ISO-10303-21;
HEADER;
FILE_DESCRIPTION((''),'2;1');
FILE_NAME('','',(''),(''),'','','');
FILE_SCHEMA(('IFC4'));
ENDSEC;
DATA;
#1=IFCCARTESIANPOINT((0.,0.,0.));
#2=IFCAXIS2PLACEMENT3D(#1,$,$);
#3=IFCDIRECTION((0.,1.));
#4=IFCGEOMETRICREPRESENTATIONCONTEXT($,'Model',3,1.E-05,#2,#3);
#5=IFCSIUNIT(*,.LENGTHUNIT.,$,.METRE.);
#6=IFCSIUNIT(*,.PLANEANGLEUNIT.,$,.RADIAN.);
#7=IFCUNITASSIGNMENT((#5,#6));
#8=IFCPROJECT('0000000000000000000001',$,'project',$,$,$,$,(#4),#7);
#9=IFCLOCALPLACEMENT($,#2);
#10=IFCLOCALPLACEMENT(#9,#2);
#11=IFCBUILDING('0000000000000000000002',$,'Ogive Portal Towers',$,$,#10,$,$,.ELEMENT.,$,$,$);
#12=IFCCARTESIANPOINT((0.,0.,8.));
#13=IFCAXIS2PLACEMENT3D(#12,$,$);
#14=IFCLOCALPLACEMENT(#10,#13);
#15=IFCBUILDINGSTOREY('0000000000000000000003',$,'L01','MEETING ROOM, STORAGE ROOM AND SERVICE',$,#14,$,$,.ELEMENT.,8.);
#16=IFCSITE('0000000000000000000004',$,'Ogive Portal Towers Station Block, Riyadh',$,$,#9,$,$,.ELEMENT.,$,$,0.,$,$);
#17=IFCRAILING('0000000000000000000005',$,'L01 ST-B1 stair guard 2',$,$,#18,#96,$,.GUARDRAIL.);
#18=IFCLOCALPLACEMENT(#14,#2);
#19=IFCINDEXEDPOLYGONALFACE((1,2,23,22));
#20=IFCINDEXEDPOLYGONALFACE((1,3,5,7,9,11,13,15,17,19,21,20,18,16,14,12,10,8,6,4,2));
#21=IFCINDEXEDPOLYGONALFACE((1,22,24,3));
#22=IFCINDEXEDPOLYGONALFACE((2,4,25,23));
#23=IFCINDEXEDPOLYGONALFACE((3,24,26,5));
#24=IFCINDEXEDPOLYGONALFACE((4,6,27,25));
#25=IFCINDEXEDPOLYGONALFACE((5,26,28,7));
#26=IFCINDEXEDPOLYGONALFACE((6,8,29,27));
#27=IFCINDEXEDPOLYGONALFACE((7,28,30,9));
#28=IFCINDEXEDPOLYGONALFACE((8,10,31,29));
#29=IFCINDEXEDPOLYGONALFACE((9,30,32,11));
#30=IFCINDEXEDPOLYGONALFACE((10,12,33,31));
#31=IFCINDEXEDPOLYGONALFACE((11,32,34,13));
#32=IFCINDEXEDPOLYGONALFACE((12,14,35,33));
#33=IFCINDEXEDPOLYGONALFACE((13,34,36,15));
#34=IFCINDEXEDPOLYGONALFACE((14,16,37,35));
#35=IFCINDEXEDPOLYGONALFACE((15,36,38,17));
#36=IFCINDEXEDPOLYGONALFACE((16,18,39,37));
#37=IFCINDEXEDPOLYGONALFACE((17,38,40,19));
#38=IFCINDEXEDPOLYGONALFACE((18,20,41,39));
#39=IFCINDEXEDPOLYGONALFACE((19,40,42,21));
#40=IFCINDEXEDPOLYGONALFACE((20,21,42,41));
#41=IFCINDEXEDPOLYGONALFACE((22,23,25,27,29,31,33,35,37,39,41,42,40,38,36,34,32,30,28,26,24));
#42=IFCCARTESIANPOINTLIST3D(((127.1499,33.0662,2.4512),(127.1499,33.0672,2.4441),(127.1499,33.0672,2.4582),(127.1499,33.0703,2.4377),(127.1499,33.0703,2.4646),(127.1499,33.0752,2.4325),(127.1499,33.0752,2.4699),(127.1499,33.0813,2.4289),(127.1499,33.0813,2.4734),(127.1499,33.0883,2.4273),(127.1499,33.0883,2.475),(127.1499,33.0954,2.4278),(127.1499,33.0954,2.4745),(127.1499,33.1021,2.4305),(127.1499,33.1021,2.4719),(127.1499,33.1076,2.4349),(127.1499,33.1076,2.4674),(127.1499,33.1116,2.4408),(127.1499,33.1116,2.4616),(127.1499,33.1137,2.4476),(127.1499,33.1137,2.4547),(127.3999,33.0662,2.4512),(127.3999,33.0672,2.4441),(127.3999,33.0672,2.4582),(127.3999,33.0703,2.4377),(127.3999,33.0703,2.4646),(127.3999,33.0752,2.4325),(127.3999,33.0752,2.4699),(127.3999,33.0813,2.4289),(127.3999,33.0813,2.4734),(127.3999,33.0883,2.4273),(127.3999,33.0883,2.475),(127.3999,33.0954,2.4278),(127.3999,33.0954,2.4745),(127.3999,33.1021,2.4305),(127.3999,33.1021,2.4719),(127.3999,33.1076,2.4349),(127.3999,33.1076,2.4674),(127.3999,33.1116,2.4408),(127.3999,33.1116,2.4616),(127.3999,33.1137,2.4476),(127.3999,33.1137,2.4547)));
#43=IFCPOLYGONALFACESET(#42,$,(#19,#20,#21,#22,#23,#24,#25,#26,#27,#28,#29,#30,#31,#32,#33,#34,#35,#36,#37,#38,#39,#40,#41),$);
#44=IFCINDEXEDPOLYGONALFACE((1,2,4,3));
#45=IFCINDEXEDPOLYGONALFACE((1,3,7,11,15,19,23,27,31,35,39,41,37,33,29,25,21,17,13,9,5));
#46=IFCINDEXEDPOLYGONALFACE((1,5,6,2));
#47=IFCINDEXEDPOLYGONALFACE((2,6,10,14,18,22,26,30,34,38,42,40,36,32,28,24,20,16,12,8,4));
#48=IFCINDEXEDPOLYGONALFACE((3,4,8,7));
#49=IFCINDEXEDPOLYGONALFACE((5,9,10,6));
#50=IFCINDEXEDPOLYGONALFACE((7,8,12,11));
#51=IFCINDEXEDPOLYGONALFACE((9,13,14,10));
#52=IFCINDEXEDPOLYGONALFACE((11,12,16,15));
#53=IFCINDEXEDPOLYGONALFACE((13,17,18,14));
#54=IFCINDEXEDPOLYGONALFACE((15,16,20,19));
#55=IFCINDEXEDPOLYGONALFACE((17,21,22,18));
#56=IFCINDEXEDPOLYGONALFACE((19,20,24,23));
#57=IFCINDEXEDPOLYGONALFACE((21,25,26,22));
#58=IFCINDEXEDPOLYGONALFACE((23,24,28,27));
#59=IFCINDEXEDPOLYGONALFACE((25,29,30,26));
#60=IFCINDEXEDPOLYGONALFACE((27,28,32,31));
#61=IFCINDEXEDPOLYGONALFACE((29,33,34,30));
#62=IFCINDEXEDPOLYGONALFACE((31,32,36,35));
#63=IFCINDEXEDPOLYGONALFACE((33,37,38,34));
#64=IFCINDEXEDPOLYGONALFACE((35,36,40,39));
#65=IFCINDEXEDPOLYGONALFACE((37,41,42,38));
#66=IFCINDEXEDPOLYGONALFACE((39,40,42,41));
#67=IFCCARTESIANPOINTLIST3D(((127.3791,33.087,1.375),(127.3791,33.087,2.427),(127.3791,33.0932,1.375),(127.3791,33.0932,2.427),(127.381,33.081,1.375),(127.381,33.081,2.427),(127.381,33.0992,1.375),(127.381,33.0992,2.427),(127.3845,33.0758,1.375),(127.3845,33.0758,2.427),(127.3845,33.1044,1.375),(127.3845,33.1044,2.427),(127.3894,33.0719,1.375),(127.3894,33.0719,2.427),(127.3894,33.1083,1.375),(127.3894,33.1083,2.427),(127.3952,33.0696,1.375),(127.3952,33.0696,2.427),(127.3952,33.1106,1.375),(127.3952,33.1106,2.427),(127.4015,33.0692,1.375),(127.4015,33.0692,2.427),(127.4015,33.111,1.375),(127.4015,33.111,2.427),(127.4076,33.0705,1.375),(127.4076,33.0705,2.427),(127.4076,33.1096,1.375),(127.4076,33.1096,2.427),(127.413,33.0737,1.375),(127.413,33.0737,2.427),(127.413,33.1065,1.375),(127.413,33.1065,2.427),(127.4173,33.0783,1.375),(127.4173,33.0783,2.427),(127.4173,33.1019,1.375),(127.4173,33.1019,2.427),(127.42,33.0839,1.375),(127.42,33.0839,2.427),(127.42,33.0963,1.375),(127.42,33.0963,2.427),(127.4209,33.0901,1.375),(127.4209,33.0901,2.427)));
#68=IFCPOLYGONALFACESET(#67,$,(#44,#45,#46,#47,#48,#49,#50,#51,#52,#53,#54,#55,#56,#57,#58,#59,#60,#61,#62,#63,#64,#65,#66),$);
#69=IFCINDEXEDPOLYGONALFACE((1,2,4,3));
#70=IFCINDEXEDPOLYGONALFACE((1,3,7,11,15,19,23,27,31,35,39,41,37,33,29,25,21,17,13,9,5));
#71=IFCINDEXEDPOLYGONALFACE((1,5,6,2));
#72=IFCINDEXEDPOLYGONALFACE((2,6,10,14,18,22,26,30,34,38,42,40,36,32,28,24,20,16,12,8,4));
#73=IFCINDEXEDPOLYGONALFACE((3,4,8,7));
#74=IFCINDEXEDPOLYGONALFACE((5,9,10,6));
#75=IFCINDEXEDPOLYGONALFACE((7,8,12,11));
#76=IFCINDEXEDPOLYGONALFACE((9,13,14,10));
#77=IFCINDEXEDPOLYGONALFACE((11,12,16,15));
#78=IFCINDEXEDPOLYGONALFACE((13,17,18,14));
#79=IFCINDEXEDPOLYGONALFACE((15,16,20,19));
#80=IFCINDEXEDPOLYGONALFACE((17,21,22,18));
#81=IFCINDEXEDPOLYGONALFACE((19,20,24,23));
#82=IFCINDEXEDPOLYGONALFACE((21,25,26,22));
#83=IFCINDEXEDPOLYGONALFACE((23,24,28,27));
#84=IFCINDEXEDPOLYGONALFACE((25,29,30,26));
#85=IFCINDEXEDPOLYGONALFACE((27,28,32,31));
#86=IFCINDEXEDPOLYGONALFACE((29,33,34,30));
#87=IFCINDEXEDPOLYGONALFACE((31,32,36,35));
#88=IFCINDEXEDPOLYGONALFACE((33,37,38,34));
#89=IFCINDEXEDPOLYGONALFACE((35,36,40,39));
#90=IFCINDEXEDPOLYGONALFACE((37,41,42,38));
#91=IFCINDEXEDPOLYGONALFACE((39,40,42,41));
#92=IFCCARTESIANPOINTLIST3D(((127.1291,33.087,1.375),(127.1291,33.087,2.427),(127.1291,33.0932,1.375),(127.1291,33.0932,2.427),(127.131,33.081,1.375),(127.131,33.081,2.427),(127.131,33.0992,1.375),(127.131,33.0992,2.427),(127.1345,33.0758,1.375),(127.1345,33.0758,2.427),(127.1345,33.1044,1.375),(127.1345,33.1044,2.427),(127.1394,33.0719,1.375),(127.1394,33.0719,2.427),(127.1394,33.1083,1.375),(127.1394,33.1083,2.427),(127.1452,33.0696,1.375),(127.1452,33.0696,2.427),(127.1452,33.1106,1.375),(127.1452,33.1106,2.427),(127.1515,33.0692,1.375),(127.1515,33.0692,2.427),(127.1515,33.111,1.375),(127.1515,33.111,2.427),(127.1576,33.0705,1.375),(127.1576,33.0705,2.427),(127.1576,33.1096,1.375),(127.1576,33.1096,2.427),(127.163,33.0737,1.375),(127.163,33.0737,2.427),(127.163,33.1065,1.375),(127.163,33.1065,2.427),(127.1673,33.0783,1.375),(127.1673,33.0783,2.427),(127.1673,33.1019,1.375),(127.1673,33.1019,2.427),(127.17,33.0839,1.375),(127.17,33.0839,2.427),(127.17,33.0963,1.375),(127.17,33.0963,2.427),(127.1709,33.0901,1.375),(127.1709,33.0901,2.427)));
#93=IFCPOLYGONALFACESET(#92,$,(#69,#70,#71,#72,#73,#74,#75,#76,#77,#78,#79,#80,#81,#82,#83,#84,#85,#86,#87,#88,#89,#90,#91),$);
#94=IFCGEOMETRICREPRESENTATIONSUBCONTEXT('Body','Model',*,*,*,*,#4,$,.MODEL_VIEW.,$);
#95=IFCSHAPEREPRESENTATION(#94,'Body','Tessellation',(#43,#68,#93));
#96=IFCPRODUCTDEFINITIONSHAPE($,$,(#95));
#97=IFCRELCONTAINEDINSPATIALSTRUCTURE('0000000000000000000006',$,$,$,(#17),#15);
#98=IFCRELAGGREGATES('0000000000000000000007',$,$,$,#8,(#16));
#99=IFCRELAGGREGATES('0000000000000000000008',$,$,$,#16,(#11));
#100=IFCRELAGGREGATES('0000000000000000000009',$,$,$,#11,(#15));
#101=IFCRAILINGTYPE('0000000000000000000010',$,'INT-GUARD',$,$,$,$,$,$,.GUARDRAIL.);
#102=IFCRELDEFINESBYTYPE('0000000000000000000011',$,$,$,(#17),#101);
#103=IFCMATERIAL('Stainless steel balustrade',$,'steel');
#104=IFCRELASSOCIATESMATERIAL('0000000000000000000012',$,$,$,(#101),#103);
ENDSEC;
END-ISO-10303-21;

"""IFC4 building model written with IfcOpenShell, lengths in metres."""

from ifc_helpers import new_model, si_unit, direction, frame, origin, origin_2d, place, context, subcontext, project, spatial, circle, extrude, material, type_object, element, save


model = new_model("IFC4")

# Units and contexts
model_context = context("Model", 3, precision=1e-05, world=origin(), true_north=direction((0.0, 1.0)))
body_context = subcontext(model_context, "Body", "Model", "MODEL_VIEW")
ifc_project = project(units=[si_unit("LENGTHUNIT", "METRE"), si_unit("PLANEANGLEUNIT", "RADIAN")], contexts=[model_context])

# Site, building, storey
site_placement = place(None, origin())
site = spatial("IfcSite", under=ifc_project, at=site_placement, Name="Ogive Portal Towers Station Block, Riyadh", CompositionType="ELEMENT", RefElevation=0.0)
building_placement = place(site_placement, origin())
building = spatial("IfcBuilding", under=site, at=building_placement, Name="Ogive Portal Towers", CompositionType="ELEMENT")
storey_placement = place(building_placement, frame((0.0, 0.0, 8.0)))
storey = spatial("IfcBuildingStorey", under=building, at=storey_placement, Name="L01", Description="MEETING ROOM, STORAGE ROOM AND SERVICE", CompositionType="ELEMENT", Elevation=8.0)

# Railing
ifc_material_1 = material(Name="Stainless steel balustrade", Category="steel")
railing_type_1 = type_object("IfcRailingType", Name="INT-GUARD", PredefinedType="GUARDRAIL", material=ifc_material_1)
railing_1_placement = place(storey_placement, frame((127.3999, 33.0901, 1.375)))
element("IfcRailing", 1, at=railing_1_placement, inside=storey, type_object=railing_type_1, Name="L01 ST-B1 stair guard 2", PredefinedType="GUARDRAIL", context=body_context, shape_type="SweptSolid", body=[
    extrude(circle(Radius=0.0239, at=origin_2d()), frame((0.0, 0.0, 1.0762), z_axis=(-1.0, 0.0, 0.0), x_axis=(0.0, -1.0, 0.0)), (0.0, 0.0, 1.0), 0.25),
    extrude(circle(Radius=0.021, at=origin_2d()), origin(), (0.0, 0.0, 1.0), 1.052),
    extrude(circle(Radius=0.021, at=origin_2d()), frame((-0.25, 0.0, 0.0)), (0.0, 0.0, 1.0), 1.052),
])

save(model, "model.ifc")
